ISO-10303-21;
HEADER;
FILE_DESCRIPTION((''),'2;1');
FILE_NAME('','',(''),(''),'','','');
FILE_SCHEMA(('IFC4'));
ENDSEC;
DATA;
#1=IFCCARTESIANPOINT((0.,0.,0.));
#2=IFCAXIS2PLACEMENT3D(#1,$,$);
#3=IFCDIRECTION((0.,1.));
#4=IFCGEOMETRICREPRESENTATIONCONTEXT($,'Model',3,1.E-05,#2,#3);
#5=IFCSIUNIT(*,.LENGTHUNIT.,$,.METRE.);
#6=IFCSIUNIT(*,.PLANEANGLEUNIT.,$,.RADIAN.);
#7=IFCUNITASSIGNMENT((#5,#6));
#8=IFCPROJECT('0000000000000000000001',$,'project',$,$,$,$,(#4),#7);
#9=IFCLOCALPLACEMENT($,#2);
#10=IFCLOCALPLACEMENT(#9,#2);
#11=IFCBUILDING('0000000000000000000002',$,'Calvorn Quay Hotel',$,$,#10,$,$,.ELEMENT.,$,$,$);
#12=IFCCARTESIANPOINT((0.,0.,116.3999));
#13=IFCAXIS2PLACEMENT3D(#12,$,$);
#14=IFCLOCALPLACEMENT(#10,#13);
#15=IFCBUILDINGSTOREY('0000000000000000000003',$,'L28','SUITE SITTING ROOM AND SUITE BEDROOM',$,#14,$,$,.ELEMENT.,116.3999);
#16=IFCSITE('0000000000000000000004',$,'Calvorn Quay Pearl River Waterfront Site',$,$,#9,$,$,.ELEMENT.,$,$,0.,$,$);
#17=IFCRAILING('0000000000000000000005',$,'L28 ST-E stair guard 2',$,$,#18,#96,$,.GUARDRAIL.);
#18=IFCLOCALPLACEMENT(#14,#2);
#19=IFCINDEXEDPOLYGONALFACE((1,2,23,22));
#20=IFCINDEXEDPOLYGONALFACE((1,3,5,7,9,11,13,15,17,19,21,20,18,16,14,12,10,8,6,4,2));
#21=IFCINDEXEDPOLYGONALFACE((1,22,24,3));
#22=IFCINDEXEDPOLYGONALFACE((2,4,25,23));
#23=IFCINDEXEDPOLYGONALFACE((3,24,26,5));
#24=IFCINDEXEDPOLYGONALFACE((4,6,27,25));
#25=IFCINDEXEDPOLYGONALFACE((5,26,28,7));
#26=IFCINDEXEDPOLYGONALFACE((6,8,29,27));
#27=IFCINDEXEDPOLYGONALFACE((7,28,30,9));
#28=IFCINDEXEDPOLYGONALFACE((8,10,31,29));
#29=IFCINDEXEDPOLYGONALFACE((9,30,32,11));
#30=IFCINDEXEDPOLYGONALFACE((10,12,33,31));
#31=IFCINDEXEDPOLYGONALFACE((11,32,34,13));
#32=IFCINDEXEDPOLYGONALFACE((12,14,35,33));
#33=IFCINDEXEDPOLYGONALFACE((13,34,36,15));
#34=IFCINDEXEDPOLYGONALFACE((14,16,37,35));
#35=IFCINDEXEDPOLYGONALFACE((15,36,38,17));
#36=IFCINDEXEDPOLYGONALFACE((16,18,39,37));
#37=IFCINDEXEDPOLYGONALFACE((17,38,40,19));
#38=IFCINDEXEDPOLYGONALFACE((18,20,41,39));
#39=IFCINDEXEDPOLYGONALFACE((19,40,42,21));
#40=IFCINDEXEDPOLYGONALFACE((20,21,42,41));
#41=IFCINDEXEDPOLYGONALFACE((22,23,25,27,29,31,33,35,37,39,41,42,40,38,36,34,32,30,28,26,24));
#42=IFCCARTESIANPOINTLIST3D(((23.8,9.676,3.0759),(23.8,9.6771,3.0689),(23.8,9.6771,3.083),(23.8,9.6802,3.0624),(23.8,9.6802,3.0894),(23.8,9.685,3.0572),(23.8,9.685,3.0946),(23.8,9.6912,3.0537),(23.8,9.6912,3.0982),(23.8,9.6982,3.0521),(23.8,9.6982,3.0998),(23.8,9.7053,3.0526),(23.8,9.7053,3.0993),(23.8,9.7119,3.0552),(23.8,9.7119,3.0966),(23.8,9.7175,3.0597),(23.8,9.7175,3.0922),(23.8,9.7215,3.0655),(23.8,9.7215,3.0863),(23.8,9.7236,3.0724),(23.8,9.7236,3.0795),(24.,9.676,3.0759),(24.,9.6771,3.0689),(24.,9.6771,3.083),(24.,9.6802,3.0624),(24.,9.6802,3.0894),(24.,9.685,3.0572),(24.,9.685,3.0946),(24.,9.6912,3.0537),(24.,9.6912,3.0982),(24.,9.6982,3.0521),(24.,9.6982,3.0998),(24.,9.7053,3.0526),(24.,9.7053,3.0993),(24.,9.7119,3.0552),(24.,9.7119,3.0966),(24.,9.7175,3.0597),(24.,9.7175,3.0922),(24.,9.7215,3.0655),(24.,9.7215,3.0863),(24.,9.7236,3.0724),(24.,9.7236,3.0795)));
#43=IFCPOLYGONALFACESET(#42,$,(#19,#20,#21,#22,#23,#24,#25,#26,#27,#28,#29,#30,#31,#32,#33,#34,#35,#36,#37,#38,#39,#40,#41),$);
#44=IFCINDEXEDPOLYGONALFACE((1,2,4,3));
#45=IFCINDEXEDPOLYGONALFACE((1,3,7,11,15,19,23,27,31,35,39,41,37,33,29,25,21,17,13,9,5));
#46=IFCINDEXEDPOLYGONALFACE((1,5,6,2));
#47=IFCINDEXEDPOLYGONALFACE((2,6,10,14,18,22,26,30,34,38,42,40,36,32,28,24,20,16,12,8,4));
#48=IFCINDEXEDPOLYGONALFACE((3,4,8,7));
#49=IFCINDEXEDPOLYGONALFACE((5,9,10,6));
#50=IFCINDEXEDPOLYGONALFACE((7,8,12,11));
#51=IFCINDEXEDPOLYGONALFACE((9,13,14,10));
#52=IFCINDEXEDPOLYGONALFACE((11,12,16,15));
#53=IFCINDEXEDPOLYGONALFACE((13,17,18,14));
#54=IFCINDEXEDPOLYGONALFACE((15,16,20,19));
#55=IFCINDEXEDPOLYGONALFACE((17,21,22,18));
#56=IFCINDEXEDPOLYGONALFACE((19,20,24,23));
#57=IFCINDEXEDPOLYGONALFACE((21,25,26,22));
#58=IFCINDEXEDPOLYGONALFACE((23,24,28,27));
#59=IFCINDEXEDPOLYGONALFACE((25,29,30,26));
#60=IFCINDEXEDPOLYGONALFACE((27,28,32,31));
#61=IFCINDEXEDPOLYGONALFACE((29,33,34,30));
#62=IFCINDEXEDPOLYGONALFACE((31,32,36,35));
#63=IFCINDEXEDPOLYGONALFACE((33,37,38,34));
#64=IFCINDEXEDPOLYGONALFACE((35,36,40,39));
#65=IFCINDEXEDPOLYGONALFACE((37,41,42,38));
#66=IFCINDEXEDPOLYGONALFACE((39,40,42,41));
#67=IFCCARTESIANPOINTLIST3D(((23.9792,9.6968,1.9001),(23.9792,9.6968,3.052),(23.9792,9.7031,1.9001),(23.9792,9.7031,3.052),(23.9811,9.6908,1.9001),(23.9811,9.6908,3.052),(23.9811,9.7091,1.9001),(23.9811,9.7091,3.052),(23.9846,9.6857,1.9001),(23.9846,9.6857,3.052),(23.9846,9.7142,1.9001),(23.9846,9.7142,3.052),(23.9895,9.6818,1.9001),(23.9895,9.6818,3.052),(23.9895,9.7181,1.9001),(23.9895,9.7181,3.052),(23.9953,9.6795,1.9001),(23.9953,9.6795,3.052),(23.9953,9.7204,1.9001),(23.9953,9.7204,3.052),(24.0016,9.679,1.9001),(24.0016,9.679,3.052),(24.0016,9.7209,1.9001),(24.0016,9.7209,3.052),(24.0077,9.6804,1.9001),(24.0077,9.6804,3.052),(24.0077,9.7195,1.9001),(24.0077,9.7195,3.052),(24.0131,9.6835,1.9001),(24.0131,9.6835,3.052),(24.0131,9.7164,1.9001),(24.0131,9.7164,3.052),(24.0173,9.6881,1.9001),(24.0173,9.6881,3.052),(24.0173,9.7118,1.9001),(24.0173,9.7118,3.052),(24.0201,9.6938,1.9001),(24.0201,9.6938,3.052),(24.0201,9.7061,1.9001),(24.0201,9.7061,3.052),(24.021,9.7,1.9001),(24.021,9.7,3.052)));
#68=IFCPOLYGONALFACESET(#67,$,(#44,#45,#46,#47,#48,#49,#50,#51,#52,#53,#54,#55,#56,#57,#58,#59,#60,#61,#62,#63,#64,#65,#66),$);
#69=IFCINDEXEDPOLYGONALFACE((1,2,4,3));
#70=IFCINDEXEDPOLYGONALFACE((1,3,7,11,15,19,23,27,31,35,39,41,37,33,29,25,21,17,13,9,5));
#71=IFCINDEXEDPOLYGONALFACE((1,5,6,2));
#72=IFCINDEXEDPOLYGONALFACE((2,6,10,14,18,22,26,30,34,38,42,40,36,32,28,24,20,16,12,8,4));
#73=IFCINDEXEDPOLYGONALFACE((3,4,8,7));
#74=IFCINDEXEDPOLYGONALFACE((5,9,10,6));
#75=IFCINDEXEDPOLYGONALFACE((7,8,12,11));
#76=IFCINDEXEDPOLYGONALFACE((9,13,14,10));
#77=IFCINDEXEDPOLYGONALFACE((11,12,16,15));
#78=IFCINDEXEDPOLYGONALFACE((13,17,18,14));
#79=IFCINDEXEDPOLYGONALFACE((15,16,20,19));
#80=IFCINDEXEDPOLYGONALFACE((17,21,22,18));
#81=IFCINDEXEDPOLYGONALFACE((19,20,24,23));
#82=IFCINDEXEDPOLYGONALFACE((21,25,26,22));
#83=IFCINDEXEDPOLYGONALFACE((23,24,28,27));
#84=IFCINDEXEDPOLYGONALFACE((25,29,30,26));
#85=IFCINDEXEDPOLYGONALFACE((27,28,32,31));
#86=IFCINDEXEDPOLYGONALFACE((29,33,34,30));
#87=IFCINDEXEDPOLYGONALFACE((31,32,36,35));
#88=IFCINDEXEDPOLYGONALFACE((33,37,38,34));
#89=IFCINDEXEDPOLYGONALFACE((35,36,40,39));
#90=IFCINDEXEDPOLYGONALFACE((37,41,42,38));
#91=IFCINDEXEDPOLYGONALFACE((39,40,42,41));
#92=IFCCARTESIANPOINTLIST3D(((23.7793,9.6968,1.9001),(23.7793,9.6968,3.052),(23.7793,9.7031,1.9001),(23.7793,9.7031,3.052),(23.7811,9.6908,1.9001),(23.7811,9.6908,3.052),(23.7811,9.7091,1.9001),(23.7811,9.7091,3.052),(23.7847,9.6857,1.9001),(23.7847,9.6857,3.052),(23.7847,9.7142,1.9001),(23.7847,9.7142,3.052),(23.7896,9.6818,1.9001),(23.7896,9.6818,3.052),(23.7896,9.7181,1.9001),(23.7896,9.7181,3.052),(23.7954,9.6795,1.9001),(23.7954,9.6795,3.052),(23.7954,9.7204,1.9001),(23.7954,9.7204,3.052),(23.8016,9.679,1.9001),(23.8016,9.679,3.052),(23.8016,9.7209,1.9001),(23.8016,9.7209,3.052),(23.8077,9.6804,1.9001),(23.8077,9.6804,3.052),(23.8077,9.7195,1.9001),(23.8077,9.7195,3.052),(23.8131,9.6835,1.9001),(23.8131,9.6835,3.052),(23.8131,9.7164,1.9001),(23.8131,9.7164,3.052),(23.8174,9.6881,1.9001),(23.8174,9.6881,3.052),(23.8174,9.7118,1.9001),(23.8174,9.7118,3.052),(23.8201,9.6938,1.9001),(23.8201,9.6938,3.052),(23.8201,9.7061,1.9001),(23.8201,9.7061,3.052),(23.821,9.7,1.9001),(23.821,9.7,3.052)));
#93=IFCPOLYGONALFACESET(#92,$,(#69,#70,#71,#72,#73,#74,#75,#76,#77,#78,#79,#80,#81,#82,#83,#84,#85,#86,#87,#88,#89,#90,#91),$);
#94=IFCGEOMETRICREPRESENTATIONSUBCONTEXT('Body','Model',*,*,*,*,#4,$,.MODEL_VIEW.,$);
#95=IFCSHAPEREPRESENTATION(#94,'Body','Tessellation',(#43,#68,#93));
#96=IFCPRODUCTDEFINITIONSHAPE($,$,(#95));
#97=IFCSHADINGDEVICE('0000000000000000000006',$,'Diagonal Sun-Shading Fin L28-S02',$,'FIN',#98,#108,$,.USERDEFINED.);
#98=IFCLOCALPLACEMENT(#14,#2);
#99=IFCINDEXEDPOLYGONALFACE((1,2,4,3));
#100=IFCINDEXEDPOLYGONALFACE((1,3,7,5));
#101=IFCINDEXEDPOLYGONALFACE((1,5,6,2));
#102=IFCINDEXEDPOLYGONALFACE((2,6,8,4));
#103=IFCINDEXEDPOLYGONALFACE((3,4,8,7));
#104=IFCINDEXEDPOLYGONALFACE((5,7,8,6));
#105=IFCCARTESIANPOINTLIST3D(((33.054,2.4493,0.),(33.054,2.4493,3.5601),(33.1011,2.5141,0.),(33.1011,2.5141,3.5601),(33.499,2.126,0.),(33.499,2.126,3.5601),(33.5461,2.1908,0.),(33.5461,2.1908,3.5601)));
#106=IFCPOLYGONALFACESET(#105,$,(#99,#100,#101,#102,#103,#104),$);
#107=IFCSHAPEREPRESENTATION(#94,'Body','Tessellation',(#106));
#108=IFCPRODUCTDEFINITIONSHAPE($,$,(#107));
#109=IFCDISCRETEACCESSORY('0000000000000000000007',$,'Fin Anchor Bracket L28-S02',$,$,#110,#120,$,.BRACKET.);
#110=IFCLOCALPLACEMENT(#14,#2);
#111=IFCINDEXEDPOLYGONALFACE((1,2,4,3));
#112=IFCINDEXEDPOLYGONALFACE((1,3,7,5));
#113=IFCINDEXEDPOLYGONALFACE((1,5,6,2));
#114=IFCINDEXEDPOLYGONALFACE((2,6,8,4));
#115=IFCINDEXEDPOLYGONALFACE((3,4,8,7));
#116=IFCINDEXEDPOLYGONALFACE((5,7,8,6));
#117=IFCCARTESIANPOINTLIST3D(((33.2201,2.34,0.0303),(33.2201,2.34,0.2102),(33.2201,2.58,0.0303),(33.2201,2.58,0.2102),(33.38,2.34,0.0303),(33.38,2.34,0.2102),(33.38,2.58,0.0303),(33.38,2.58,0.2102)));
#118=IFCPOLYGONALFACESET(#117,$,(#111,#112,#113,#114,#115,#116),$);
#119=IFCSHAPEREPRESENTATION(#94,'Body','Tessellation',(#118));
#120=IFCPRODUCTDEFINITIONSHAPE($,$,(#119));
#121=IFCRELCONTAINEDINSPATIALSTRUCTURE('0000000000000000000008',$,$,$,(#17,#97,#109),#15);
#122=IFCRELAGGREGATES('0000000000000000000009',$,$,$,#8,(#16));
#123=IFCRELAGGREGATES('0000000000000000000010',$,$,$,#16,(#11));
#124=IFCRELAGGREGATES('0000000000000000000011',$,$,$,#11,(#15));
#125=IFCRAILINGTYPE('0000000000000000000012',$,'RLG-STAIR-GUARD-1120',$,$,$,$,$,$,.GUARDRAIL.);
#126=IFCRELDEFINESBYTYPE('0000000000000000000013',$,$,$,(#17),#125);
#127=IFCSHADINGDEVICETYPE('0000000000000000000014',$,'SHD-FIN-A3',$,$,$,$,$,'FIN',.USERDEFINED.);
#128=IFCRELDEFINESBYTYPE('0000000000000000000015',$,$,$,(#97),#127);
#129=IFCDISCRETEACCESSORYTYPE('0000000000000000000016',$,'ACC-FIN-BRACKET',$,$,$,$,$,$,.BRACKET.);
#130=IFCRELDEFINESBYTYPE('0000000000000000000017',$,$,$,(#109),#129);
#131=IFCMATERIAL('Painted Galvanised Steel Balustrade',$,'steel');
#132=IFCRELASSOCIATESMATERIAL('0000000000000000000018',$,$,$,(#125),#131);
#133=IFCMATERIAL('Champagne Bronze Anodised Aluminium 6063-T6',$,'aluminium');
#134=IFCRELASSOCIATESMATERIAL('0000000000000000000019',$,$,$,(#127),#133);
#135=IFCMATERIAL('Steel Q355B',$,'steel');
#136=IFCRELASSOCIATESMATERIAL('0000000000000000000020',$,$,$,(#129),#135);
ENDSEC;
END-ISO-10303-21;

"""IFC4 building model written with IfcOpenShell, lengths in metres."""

from ifc_helpers import new_model, si_unit, direction, frame, origin, origin_2d, place, context, subcontext, project, spatial, rectangle, circle, extrude, material, type_object, element, save


model = new_model("IFC4")

# Units and contexts
model_context = context("Model", 3, precision=1e-05, world=origin(), true_north=direction((0.0, 1.0)))
body_context = subcontext(model_context, "Body", "Model", "MODEL_VIEW")
ifc_project = project(units=[si_unit("LENGTHUNIT", "METRE"), si_unit("PLANEANGLEUNIT", "RADIAN")], contexts=[model_context])

# Site, building, storey
site_placement = place(None, origin())
site = spatial("IfcSite", under=ifc_project, at=site_placement, Name="Calvorn Quay Pearl River Waterfront Site", CompositionType="ELEMENT", RefElevation=0.0)
building_placement = place(site_placement, origin())
building = spatial("IfcBuilding", under=site, at=building_placement, Name="Calvorn Quay Hotel", CompositionType="ELEMENT")
storey_placement = place(building_placement, frame((0.0, 0.0, 116.3999)))
storey = spatial("IfcBuildingStorey", under=building, at=storey_placement, Name="L28", Description="SUITE SITTING ROOM AND SUITE BEDROOM", CompositionType="ELEMENT", Elevation=116.3999)

# Railing
ifc_material_1 = material(Name="Painted Galvanised Steel Balustrade", Category="steel")
railing_type_1 = type_object("IfcRailingType", Name="RLG-STAIR-GUARD-1120", PredefinedType="GUARDRAIL", material=ifc_material_1)
railing_1_placement = place(storey_placement, frame((24.0, 9.7, 1.9001)))
element("IfcRailing", 1, at=railing_1_placement, inside=storey, type_object=railing_type_1, Name="L28 ST-E stair guard 2", PredefinedType="GUARDRAIL", context=body_context, shape_type="SweptSolid", body=[
    extrude(circle(Radius=0.0239, at=origin_2d()), frame((0.0, 0.0, 1.1758), z_axis=(-1.0, 0.0, 0.0), x_axis=(0.0, -1.0, 0.0)), (0.0, 0.0, 1.0), 0.2),
    extrude(circle(Radius=0.021, at=origin_2d()), origin(), (0.0, 0.0, 1.0), 1.1519),
    extrude(circle(Radius=0.021, at=origin_2d()), frame((-0.2, 0.0, 0.0)), (0.0, 0.0, 1.0), 1.1519),
])

# Shading device
ifc_material_2 = material(Name="Champagne Bronze Anodised Aluminium 6063-T6", Category="aluminium")
shading_device_type = type_object("IfcShadingDeviceType", Name="SHD-FIN-A3", ElementType="FIN", PredefinedType="USERDEFINED", material=ifc_material_2)
shading_device_placement = place(storey_placement, frame((33.3, 2.3201, 0.0), z_axis=(0.0, 0.0, 1.0), x_axis=(-0.809017, 0.587785, 0.0)))
element("IfcShadingDevice", 2, at=shading_device_placement, inside=storey, type_object=shading_device_type, Name="Diagonal Sun-Shading Fin L28-S02", ObjectType="FIN", PredefinedType="USERDEFINED", context=body_context, shape_type="SweptSolid", body=[
    extrude(rectangle(XDim=0.55, YDim=0.0801, at=origin_2d()), origin(), (0.0, 0.0, 1.0), 3.5601),
])

# Discrete accessory
ifc_material_3 = material(Name="Steel Q355B", Category="steel")
discrete_accessory_type = type_object("IfcDiscreteAccessoryType", Name="ACC-FIN-BRACKET", PredefinedType="BRACKET", material=ifc_material_3)
discrete_accessory_placement = place(storey_placement, frame((33.3, 2.46, 0.0303), z_axis=(0.0, 0.0, 1.0), x_axis=(0.0, 1.0, 0.0)))
element("IfcDiscreteAccessory", 3, at=discrete_accessory_placement, inside=storey, type_object=discrete_accessory_type, Name="Fin Anchor Bracket L28-S02", PredefinedType="BRACKET", context=body_context, shape_type="SweptSolid", body=[
    extrude(rectangle(XDim=0.24, YDim=0.1599, at=origin_2d()), origin(), (0.0, 0.0, 1.0), 0.1799),
])

save(model, "model.ifc")
